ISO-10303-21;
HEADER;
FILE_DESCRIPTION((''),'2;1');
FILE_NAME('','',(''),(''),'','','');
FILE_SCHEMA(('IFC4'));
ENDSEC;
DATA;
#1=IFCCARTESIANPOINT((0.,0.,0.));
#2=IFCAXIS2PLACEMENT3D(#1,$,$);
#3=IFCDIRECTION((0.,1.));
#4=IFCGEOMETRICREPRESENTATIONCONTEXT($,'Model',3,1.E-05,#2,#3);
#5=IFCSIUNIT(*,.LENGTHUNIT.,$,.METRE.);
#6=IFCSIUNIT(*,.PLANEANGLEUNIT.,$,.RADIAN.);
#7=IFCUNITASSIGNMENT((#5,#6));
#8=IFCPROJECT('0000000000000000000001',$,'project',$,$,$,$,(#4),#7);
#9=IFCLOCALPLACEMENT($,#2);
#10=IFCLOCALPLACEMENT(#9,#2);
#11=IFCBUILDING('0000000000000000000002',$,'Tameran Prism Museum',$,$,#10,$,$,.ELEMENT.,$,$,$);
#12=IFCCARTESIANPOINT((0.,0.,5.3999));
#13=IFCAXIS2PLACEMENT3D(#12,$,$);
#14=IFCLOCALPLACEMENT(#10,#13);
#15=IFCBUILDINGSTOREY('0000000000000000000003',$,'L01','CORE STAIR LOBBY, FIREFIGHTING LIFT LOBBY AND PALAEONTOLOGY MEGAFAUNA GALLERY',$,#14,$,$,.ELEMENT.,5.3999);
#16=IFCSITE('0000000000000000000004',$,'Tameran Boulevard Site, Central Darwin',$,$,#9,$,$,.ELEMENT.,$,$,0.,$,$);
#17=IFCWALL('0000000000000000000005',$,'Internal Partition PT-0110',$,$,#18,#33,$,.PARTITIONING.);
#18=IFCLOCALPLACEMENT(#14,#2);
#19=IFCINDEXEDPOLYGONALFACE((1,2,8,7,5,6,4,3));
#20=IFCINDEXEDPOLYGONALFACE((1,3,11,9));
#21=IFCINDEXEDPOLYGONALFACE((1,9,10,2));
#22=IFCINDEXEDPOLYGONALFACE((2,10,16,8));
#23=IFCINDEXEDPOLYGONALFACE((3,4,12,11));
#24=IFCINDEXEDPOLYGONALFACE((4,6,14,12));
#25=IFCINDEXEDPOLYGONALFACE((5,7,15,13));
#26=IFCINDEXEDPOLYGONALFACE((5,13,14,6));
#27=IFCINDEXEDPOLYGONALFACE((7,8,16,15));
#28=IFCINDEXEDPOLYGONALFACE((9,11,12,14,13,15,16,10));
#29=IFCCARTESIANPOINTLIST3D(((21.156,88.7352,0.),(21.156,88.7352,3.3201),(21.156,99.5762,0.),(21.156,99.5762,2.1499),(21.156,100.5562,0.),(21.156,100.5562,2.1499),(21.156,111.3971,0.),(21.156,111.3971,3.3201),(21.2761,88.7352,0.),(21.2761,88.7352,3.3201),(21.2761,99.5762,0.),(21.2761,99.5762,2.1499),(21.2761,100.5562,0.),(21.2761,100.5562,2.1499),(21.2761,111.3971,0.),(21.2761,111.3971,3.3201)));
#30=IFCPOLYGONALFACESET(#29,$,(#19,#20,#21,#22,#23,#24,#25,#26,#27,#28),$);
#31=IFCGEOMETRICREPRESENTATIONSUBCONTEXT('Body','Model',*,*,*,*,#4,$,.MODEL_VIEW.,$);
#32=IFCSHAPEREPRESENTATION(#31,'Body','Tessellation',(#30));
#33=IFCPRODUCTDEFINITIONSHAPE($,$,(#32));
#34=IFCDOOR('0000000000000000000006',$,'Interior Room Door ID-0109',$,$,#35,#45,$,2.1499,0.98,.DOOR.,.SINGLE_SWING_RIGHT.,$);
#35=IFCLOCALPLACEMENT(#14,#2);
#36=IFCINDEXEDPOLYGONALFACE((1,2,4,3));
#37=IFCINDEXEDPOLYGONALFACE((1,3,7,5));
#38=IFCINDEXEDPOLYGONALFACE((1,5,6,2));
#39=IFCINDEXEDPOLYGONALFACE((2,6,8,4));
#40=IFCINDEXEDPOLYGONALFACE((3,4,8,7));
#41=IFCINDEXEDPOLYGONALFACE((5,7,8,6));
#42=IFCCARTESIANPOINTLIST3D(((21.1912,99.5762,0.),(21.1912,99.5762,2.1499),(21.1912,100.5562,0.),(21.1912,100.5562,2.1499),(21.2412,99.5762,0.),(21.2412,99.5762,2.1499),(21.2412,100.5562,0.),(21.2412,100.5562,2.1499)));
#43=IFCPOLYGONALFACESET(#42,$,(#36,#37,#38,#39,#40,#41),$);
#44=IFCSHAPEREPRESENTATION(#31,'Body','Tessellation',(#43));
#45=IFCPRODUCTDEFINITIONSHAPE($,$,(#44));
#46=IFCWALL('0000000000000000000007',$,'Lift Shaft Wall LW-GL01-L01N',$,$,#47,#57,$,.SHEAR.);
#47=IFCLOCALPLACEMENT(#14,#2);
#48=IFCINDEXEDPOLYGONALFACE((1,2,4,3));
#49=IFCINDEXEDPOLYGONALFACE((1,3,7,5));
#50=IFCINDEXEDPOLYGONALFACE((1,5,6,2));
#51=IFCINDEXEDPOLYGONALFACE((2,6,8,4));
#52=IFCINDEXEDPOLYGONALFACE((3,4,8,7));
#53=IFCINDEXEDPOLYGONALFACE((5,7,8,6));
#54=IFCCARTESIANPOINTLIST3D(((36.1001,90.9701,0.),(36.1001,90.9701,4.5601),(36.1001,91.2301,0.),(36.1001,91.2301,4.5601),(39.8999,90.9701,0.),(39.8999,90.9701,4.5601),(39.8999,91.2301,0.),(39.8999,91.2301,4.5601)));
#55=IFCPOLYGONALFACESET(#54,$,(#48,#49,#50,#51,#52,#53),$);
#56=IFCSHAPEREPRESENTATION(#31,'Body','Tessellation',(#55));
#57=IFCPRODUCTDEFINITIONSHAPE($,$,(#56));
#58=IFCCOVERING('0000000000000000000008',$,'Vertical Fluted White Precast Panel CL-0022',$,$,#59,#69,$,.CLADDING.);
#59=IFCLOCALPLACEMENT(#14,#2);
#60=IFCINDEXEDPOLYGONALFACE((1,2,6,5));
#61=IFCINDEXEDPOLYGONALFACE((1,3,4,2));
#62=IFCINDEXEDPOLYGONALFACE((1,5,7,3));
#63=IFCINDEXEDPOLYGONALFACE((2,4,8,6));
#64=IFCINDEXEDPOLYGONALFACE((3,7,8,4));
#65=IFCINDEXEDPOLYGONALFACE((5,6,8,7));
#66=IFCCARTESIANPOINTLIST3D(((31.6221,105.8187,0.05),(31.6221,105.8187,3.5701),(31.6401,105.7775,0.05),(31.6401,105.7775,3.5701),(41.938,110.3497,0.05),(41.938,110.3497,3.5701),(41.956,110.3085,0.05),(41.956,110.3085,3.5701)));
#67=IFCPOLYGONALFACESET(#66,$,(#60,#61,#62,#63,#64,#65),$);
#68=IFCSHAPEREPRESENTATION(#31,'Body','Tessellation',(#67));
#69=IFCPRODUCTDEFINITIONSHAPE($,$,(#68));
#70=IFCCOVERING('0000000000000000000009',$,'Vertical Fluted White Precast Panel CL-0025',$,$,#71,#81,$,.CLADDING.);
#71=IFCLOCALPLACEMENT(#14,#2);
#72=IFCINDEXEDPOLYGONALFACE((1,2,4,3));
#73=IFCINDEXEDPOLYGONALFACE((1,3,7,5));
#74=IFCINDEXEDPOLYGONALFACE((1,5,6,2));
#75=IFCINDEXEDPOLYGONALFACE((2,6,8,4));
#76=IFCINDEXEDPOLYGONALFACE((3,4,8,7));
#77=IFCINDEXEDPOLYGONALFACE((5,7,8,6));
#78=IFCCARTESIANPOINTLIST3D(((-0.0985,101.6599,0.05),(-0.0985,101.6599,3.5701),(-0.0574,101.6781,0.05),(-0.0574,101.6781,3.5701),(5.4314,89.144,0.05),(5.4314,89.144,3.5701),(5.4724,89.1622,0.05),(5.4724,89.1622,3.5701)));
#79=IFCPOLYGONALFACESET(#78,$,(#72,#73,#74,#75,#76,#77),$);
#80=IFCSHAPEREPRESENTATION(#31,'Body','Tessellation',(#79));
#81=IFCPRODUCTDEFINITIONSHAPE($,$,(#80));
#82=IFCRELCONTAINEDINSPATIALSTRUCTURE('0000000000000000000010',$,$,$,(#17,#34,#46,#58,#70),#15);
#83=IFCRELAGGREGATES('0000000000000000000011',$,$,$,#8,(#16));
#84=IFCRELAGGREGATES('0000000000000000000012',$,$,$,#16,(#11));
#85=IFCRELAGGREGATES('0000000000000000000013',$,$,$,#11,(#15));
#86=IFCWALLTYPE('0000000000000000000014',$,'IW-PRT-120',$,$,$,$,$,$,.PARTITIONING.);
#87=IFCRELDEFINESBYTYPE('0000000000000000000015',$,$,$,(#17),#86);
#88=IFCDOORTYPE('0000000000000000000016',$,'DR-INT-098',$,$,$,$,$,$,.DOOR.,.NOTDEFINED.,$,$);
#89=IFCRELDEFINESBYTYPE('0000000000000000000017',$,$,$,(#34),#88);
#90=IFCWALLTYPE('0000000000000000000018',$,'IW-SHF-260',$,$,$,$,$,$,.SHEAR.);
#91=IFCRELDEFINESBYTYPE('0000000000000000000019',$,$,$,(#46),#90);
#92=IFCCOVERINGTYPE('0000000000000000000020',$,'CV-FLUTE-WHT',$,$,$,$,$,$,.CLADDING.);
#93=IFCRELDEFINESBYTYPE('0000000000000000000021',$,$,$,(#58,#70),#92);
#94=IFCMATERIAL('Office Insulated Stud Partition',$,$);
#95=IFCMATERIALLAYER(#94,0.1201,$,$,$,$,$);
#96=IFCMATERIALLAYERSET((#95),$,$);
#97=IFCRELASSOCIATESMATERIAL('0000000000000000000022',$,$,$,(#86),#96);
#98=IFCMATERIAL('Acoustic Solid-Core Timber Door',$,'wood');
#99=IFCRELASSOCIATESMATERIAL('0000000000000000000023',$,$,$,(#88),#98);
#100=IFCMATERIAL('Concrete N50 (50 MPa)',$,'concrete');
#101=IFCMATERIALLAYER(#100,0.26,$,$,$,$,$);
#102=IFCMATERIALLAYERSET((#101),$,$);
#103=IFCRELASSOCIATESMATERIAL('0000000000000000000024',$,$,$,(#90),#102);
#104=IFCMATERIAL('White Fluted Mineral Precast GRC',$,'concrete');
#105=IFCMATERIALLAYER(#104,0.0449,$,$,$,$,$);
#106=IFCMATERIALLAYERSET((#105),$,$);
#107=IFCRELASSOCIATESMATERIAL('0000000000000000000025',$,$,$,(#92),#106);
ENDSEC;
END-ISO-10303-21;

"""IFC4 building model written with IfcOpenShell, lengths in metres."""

from ifc_helpers import new_model, si_unit, direction, frame, frame_2d, origin, place, context, subcontext, project, spatial, rectangle, extrude, material, layer, layer_set, type_object, element, fill, save


model = new_model("IFC4")

# Units and contexts
model_context = context("Model", 3, precision=1e-05, world=origin(), true_north=direction((0.0, 1.0)))
body_context = subcontext(model_context, "Body", "Model", "MODEL_VIEW")
ifc_project = project(units=[si_unit("LENGTHUNIT", "METRE"), si_unit("PLANEANGLEUNIT", "RADIAN")], contexts=[model_context])

# Site, building, storey
site_placement = place(None, origin())
site = spatial("IfcSite", under=ifc_project, at=site_placement, Name="Tameran Boulevard Site, Central Darwin", CompositionType="ELEMENT", RefElevation=0.0)
building_placement = place(site_placement, origin())
building = spatial("IfcBuilding", under=site, at=building_placement, Name="Tameran Prism Museum", CompositionType="ELEMENT")
storey_placement = place(building_placement, frame((0.0, 0.0, 5.3999)))
storey = spatial("IfcBuildingStorey", under=building, at=storey_placement, Name="L01", Description="CORE STAIR LOBBY, FIREFIGHTING LIFT LOBBY AND PALAEONTOLOGY MEGAFAUNA GALLERY", CompositionType="ELEMENT", Elevation=5.3999)

# Wall, opening, door
ifc_material_1 = material(Name="Office Insulated Stud Partition")
ifc_layer_1 = layer(ifc_material_1, 0.1201)
ifc_layer_set_1 = layer_set([ifc_layer_1])
wall_type_1 = type_object("IfcWallType", Name="IW-PRT-120", PredefinedType="PARTITIONING", material=ifc_layer_set_1)
wall_1_placement = place(storey_placement, frame((21.2161, 88.7351, 0.0), z_axis=(0.0, 0.0, 1.0), x_axis=(0.0, 1.0, 0.0)))
wall_1 = element("IfcWall", 1, at=wall_1_placement, inside=storey, type_object=wall_type_1, Name="Internal Partition PT-0110", PredefinedType="PARTITIONING", context=body_context, shape_type="SweptSolid", body=[
    extrude(rectangle(XDim=22.6619, YDim=0.1201, at=frame_2d((11.3311, 0.0))), origin(), (0.0, 0.0, 1.0), 3.3201),
])
opening_1_placement = place(wall_1_placement, frame((10.8411, 0.0, 0.0)))
opening_1 = element("IfcOpeningElement", 2, at=opening_1_placement, cuts=wall_1, PredefinedType="OPENING", context=body_context, shape_type="SweptSolid", body=[
    extrude(rectangle(XDim=0.98, YDim=2.1499, at=frame_2d((0.49, 1.075))), frame((0.0, 0.0701, 0.0), z_axis=(0.0, -1.0, 0.0), x_axis=(1.0, 0.0, 0.0)), (0.0, 0.0, 1.0), 0.1401),
])
ifc_material_2 = material(Name="Acoustic Solid-Core Timber Door", Category="wood")
door_type_1 = type_object("IfcDoorType", Name="DR-INT-098", OperationType="NOTDEFINED", PredefinedType="DOOR", material=ifc_material_2)
door_1_placement = place(opening_1_placement, origin())
door_1 = element("IfcDoor", 3, at=door_1_placement, inside=storey, type_object=door_type_1, Name="Interior Room Door ID-0109", OperationType="SINGLE_SWING_RIGHT", OverallHeight=2.1499, OverallWidth=0.98, PredefinedType="DOOR", context=body_context, shape_type="SweptSolid", body=[
    extrude(rectangle(XDim=0.98, YDim=2.1499, at=frame_2d((0.49, 1.075))), frame((0.0, 0.0249, 0.0), z_axis=(0.0, -1.0, 0.0), x_axis=(1.0, 0.0, 0.0)), (0.0, 0.0, 1.0), 0.05),
])
fill(opening_1, door_1)

# Wall
ifc_material_3 = material(Name="Concrete N50 (50 MPa)", Category="concrete")
ifc_layer_2 = layer(ifc_material_3, 0.26)
ifc_layer_set_2 = layer_set([ifc_layer_2])
wall_type_2 = type_object("IfcWallType", Name="IW-SHF-260", PredefinedType="SHEAR", material=ifc_layer_set_2)
wall_2_placement = place(storey_placement, frame((36.1001, 91.1001, 0.0), z_axis=(0.0, 0.0, 1.0), x_axis=(1.0, 0.0, 0.0)))
element("IfcWall", 4, at=wall_2_placement, inside=storey, type_object=wall_type_2, Name="Lift Shaft Wall LW-GL01-L01N", PredefinedType="SHEAR", context=body_context, shape_type="SweptSolid", body=[
    extrude(rectangle(XDim=3.7998, YDim=0.26, at=frame_2d((1.8999, 0.0))), origin(), (0.0, 0.0, 1.0), 4.5601),
])

# Coverings
ifc_material_4 = material(Name="White Fluted Mineral Precast GRC", Category="concrete")
ifc_layer_3 = layer(ifc_material_4, 0.0449)
ifc_layer_set_3 = layer_set([ifc_layer_3])
covering_type = type_object("IfcCoveringType", Name="CV-FLUTE-WHT", PredefinedType="CLADDING", material=ifc_layer_set_3)
covering_1_placement = place(storey_placement, frame((31.6311, 105.7981, 0.05), z_axis=(0.0, 0.0, 1.0), x_axis=(0.915577, 0.402144, 0.0)))
element("IfcCovering", 5, at=covering_1_placement, inside=storey, type_object=covering_type, Name="Vertical Fluted White Precast Panel CL-0022", PredefinedType="CLADDING", context=body_context, shape_type="SweptSolid", body=[
    extrude(rectangle(XDim=11.2671, YDim=0.0449, at=frame_2d((5.6335, 0.0))), origin(), (0.0, 0.0, 1.0), 3.52),
])
covering_2_placement = place(storey_placement, frame((5.4519, 89.1531, 0.05), z_axis=(0.0, 0.0, 1.0), x_axis=(-0.404134, 0.9147, 0.0)))
element("IfcCovering", 6, at=covering_2_placement, inside=storey, type_object=covering_type, Name="Vertical Fluted White Precast Panel CL-0025", PredefinedType="CLADDING", context=body_context, shape_type="SweptSolid", body=[
    extrude(rectangle(XDim=13.6831, YDim=0.0449, at=frame_2d((6.8416, 0.0))), origin(), (0.0, 0.0, 1.0), 3.52),
])

save(model, "model.ifc")
